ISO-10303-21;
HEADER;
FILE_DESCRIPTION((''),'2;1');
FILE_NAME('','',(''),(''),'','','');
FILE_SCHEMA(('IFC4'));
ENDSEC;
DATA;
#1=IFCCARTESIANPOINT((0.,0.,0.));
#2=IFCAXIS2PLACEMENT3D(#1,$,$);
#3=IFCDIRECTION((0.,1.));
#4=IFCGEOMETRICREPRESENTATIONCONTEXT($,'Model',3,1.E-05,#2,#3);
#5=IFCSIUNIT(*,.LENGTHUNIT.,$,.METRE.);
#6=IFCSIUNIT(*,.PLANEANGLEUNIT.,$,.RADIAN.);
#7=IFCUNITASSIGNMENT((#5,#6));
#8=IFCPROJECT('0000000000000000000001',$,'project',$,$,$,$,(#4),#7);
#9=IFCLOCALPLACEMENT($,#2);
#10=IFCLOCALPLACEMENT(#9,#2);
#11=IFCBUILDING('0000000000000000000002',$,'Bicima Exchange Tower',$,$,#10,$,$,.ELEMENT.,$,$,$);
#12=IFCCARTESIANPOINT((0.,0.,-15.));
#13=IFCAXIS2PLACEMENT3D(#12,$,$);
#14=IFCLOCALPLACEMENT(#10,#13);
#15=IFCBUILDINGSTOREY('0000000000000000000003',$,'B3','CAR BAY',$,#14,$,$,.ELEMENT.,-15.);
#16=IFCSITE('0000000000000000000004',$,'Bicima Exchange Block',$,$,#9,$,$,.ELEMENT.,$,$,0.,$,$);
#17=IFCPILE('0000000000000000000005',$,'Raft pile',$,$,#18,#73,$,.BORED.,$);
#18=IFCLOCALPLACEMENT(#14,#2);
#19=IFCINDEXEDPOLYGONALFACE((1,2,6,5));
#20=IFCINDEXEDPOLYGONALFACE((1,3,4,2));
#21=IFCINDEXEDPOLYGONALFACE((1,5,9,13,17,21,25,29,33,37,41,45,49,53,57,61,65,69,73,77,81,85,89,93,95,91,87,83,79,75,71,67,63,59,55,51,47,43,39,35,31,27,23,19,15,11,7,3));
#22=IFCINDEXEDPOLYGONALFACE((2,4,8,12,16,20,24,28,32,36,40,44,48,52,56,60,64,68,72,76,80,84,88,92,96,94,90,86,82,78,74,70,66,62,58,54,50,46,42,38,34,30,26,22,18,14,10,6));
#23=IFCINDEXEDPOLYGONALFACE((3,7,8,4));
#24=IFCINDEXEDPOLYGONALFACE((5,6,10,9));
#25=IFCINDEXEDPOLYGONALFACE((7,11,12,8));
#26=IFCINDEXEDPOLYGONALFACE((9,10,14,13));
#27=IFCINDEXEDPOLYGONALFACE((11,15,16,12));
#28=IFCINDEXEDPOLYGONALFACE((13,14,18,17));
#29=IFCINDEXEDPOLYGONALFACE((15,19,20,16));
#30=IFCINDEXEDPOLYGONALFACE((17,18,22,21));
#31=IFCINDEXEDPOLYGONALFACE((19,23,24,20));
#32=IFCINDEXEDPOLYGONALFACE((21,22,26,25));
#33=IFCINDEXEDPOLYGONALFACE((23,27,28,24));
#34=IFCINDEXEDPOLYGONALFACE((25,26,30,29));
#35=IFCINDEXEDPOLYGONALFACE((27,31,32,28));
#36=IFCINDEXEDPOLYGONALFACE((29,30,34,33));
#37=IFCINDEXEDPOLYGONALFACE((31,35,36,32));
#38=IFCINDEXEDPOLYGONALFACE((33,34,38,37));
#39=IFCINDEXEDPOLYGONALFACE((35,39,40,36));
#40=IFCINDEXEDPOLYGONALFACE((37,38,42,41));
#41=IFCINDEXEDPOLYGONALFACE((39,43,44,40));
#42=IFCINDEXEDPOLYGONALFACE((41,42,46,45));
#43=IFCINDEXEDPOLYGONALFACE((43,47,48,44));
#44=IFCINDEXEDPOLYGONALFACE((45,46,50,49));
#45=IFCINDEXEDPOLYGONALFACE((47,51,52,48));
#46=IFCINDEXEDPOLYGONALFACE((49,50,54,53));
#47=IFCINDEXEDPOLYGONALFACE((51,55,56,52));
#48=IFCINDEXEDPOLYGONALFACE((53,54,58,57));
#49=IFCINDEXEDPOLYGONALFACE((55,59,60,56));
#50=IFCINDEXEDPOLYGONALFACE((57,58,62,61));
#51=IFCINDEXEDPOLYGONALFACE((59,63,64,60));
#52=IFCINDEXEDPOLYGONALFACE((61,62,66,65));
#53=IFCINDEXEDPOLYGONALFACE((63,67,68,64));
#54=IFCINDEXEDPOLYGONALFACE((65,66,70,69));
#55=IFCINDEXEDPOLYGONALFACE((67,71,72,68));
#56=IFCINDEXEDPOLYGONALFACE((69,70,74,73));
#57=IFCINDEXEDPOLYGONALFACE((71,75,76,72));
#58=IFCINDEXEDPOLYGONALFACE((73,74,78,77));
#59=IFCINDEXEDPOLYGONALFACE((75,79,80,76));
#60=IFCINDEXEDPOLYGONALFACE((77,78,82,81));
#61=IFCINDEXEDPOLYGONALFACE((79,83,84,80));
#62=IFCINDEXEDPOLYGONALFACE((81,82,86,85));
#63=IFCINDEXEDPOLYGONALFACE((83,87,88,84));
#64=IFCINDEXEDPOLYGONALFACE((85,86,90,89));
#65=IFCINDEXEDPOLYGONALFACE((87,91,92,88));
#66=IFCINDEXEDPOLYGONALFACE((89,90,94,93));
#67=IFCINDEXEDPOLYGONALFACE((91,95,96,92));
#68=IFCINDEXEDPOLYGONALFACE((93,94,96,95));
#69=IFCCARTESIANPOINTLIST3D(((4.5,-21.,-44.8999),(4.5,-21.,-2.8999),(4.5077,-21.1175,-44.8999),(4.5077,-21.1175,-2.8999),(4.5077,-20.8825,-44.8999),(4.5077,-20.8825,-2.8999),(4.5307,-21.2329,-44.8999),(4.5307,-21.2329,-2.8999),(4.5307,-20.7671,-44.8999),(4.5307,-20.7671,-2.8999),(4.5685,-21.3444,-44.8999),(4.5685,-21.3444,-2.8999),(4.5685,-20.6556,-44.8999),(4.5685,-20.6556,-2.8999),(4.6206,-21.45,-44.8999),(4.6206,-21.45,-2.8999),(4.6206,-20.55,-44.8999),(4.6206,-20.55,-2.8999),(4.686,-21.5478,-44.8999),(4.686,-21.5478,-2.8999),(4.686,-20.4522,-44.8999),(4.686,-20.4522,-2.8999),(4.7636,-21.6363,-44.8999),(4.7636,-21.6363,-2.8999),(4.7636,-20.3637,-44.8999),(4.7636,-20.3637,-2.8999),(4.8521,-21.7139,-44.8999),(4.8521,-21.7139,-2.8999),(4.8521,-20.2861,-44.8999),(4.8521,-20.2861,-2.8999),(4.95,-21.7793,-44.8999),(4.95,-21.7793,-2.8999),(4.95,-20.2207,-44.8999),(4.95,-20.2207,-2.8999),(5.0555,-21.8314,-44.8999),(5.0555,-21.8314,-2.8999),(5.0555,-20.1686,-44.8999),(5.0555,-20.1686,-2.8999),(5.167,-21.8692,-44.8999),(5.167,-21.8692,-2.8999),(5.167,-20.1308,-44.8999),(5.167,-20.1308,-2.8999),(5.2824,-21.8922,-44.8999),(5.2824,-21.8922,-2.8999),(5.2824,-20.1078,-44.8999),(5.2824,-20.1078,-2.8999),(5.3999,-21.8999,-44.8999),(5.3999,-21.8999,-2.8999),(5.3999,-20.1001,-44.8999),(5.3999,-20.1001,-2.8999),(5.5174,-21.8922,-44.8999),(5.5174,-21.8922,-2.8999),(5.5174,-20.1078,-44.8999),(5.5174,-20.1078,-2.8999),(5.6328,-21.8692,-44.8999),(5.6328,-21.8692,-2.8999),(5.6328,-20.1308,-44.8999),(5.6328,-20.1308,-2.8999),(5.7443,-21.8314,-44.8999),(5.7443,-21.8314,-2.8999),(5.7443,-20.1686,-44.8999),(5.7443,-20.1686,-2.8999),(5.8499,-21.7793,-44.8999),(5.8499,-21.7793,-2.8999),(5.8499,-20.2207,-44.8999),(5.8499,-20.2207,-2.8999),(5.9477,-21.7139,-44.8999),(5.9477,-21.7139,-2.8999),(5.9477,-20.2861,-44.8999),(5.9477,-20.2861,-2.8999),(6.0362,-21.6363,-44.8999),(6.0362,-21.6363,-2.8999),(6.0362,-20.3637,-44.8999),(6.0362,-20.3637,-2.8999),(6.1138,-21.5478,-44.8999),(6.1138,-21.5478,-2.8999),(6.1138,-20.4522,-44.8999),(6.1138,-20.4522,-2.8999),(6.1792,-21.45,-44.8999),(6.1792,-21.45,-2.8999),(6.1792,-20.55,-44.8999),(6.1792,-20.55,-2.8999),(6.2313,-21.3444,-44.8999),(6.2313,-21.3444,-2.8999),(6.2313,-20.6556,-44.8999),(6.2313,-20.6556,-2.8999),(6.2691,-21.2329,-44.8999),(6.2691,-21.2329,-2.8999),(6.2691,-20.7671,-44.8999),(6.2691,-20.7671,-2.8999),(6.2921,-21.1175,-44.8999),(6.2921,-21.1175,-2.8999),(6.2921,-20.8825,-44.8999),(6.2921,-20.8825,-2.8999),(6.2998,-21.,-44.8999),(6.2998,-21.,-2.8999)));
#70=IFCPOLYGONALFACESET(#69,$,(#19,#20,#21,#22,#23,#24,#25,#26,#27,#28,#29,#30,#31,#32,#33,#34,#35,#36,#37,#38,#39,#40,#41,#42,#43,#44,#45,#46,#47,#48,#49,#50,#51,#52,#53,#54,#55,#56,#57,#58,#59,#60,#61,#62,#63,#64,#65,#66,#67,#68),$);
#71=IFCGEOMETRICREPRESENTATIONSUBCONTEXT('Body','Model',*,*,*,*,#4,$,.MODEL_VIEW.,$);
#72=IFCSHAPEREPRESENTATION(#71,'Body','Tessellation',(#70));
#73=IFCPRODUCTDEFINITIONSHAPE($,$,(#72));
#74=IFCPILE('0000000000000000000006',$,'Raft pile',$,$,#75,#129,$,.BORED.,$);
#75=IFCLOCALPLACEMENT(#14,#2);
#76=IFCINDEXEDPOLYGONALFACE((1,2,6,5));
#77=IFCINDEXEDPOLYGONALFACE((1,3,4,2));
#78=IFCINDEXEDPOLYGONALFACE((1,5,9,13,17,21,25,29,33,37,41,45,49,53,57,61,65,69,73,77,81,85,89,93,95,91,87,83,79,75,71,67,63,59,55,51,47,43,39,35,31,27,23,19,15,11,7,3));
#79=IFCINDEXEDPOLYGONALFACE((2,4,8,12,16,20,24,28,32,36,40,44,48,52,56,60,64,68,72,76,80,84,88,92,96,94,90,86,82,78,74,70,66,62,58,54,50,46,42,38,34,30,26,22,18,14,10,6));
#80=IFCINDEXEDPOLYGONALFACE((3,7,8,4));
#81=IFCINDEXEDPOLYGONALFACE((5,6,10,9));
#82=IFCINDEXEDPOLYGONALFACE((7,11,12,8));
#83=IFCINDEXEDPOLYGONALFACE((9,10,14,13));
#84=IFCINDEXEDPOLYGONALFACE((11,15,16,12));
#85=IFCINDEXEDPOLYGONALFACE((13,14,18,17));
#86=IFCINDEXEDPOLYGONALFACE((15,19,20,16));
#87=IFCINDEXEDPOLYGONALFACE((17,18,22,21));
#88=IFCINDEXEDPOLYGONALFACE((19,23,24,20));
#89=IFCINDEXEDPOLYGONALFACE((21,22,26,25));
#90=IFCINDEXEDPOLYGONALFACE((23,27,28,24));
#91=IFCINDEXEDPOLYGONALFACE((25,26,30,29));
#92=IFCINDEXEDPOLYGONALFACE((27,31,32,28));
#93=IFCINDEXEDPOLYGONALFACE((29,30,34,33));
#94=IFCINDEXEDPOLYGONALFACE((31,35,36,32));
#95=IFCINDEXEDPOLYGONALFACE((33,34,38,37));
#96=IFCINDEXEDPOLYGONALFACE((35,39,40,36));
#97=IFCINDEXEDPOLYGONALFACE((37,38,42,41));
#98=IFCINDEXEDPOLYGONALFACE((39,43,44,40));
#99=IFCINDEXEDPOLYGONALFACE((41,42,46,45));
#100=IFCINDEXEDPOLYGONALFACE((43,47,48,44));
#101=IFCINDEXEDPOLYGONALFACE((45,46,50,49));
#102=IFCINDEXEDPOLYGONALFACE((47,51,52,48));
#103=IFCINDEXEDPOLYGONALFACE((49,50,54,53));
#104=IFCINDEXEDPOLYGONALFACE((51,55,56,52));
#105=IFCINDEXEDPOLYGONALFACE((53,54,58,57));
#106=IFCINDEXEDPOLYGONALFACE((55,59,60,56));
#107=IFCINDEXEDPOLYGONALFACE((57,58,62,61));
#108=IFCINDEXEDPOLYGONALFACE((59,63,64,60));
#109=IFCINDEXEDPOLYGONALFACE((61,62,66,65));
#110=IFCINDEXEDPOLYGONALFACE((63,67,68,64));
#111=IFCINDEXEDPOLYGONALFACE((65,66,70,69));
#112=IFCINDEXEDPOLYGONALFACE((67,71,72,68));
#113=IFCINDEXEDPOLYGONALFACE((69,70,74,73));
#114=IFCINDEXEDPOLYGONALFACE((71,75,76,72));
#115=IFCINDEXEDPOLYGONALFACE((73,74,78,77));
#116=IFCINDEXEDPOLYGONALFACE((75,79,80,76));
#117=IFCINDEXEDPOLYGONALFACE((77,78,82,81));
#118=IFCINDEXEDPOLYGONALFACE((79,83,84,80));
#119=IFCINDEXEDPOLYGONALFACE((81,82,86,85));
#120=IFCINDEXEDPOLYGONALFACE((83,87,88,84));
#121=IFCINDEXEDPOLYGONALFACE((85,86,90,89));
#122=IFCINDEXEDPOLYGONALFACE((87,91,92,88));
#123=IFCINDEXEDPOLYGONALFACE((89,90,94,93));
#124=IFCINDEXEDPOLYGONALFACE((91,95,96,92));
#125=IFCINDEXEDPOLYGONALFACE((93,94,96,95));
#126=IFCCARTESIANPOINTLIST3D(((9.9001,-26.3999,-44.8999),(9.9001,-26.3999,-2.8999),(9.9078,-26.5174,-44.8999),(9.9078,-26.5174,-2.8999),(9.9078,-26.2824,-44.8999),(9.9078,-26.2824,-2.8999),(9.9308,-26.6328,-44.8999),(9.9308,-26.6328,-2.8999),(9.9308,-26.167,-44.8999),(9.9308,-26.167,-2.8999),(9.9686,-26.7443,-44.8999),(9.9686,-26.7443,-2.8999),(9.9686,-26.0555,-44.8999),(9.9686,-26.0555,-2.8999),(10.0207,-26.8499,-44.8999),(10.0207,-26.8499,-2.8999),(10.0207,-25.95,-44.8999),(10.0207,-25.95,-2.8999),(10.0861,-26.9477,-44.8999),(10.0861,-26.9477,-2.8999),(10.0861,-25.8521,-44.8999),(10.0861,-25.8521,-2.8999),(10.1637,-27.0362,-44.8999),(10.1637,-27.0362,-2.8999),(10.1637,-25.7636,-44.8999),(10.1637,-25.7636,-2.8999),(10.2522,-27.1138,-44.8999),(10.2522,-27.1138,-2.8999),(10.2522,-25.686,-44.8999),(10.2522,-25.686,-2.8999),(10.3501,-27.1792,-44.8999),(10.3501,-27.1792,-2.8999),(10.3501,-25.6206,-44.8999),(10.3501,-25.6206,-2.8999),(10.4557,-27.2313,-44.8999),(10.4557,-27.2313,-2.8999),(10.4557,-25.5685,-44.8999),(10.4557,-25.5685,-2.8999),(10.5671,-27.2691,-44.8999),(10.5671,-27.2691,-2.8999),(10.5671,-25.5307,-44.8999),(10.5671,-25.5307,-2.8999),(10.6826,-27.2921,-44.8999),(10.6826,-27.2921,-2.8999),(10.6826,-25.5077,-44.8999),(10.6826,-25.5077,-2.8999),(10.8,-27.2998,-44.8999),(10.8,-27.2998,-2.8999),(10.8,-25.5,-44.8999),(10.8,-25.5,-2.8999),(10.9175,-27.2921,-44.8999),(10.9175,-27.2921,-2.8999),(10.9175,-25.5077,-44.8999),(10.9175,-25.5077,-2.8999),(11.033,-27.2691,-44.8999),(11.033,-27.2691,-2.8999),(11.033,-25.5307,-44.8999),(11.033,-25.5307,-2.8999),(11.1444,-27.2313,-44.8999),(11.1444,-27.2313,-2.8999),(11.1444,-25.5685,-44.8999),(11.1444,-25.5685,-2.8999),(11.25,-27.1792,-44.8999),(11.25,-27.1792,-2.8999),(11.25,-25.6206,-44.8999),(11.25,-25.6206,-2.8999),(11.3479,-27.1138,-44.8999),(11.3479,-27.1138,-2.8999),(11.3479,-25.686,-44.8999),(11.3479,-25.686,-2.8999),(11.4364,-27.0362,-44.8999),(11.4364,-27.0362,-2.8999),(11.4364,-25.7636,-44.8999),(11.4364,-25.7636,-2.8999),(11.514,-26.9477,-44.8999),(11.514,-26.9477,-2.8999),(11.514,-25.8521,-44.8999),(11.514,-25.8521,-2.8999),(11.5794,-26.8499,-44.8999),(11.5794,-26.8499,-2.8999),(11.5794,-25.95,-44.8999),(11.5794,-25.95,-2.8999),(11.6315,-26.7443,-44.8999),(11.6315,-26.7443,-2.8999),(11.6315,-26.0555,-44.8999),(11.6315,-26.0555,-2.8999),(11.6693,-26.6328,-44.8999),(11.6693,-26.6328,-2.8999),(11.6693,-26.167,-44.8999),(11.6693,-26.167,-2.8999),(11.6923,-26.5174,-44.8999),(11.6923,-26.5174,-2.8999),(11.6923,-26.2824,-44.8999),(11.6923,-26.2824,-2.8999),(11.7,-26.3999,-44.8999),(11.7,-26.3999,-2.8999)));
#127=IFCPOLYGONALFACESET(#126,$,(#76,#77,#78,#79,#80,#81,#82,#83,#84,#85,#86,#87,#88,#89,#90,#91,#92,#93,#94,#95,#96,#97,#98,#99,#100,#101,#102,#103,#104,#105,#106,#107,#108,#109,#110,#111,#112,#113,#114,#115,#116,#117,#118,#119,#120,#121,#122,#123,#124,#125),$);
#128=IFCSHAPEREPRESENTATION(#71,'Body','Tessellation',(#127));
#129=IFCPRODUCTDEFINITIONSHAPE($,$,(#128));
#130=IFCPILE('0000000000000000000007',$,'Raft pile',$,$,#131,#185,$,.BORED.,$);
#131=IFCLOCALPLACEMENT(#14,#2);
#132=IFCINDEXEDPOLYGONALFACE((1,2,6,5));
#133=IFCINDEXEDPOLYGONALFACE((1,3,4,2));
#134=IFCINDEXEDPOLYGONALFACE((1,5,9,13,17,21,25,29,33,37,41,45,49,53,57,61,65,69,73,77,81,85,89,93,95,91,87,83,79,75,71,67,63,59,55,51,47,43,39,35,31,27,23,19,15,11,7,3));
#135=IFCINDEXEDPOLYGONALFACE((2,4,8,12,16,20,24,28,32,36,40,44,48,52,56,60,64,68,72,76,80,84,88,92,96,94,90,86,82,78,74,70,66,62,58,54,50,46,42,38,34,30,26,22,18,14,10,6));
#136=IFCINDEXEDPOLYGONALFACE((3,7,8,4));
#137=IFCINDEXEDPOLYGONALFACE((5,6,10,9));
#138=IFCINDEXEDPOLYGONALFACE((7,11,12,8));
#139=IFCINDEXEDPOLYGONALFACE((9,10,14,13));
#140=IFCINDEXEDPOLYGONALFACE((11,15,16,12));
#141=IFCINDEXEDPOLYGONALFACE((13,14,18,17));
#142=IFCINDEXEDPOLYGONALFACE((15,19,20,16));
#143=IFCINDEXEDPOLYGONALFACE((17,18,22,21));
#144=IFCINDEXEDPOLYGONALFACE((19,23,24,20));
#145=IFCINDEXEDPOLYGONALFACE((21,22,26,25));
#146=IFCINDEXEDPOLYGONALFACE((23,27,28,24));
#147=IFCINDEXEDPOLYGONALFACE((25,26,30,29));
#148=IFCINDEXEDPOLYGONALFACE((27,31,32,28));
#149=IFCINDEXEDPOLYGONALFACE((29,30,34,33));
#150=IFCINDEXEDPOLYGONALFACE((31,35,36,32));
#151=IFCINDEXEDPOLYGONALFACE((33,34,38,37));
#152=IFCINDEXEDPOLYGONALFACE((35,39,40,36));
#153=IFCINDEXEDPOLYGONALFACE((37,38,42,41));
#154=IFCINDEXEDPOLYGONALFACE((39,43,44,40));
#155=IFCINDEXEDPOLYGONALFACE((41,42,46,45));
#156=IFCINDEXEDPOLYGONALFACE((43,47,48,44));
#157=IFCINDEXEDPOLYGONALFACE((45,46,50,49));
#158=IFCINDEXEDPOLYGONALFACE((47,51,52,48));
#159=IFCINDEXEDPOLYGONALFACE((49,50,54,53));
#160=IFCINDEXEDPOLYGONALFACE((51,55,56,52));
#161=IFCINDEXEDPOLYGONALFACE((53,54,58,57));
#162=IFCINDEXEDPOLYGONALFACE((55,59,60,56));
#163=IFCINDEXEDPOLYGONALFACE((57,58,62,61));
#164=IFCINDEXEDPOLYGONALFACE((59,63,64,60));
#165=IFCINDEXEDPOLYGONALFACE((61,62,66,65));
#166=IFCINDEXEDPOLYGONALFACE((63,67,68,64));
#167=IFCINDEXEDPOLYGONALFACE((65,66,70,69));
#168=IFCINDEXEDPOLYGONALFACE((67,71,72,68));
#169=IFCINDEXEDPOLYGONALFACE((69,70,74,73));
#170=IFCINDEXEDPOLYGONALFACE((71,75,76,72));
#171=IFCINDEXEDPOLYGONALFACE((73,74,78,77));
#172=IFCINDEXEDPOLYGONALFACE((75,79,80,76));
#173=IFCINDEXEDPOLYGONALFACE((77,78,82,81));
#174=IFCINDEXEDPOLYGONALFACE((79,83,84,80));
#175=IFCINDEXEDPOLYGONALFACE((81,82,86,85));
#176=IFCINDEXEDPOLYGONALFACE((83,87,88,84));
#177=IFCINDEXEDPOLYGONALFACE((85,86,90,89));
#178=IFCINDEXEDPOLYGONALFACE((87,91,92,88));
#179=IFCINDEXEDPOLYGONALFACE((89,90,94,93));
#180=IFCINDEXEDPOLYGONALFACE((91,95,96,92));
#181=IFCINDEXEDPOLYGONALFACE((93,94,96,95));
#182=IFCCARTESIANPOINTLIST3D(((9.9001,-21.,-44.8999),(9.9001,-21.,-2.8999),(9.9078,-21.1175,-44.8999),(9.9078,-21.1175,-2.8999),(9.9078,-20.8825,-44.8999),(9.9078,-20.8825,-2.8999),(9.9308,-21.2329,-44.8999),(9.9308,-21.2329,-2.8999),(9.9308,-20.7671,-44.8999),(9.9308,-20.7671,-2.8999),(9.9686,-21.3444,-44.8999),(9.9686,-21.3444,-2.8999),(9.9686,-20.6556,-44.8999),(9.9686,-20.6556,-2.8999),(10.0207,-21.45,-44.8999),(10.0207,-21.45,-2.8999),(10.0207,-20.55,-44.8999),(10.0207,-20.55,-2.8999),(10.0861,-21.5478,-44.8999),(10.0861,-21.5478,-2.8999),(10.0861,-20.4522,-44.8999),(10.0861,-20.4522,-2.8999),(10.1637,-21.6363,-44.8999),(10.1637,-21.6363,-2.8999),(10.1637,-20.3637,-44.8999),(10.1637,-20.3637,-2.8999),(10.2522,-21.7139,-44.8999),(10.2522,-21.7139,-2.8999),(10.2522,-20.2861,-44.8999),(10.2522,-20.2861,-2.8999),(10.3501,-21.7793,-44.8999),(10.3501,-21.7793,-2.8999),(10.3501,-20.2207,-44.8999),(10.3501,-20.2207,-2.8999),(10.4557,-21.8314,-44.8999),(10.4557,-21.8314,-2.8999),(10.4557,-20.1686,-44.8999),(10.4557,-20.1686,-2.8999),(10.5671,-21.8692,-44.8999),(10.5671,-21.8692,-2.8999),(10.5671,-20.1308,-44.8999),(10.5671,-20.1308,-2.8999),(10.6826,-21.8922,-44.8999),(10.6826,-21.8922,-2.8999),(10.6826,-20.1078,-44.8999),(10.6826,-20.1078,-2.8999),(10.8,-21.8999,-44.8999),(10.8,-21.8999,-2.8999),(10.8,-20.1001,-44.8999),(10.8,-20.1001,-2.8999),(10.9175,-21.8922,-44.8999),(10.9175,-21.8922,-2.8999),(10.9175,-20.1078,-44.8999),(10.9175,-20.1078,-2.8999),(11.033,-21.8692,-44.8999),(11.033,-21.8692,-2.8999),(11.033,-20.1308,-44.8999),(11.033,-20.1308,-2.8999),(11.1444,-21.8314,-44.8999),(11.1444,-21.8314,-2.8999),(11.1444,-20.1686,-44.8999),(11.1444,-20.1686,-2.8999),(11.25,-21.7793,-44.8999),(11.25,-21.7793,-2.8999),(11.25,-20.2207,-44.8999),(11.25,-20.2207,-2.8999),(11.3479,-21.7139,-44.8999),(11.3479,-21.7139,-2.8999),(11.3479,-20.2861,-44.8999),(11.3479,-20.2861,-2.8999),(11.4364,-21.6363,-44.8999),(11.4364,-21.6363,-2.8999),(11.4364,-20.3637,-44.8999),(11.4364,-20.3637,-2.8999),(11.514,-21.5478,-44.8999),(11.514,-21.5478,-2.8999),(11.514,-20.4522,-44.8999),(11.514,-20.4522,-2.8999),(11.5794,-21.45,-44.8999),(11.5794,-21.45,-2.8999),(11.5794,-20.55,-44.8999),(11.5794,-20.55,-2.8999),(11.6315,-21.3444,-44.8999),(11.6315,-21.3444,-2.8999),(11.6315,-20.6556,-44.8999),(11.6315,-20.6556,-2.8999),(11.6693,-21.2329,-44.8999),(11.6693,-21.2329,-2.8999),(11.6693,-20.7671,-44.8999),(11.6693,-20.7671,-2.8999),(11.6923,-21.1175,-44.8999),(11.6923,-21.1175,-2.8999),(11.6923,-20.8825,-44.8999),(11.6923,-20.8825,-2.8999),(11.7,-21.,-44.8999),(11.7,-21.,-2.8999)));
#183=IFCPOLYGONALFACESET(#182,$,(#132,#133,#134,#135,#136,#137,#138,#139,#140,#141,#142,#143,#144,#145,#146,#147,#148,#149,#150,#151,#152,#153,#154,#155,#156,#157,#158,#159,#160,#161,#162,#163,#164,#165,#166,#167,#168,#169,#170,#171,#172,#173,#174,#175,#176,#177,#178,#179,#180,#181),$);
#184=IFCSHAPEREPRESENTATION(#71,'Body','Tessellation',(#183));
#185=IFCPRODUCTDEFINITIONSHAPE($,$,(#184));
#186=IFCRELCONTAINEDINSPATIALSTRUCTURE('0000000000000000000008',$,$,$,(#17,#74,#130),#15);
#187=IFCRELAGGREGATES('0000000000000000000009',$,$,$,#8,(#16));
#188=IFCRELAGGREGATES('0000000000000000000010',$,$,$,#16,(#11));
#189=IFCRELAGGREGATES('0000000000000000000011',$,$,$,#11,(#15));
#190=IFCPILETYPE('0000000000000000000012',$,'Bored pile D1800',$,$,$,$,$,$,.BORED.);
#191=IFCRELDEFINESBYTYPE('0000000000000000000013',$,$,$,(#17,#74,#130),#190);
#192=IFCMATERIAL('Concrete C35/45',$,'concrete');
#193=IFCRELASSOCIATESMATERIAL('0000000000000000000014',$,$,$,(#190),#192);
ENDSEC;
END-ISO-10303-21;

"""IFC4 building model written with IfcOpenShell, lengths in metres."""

from ifc_helpers import new_model, si_unit, direction, frame, origin, origin_2d, place, context, subcontext, project, spatial, circle, extrude, material, material_profile, profile_set, type_object, element, save


model = new_model("IFC4")

# Units and contexts
model_context = context("Model", 3, precision=1e-05, world=origin(), true_north=direction((0.0, 1.0)))
body_context = subcontext(model_context, "Body", "Model", "MODEL_VIEW")
ifc_project = project(units=[si_unit("LENGTHUNIT", "METRE"), si_unit("PLANEANGLEUNIT", "RADIAN")], contexts=[model_context])

# Site, building, storey
site_placement = place(None, origin())
site = spatial("IfcSite", under=ifc_project, at=site_placement, Name="Bicima Exchange Block", CompositionType="ELEMENT", RefElevation=0.0)
building_placement = place(site_placement, origin())
building = spatial("IfcBuilding", under=site, at=building_placement, Name="Bicima Exchange Tower", CompositionType="ELEMENT")
storey_placement = place(building_placement, frame((0.0, 0.0, -15.0)))
storey = spatial("IfcBuildingStorey", under=building, at=storey_placement, Name="B3", Description="CAR BAY", CompositionType="ELEMENT", Elevation=-15.0)

# Piles
ifc_material_1 = material(Name="Concrete C35/45", Category="concrete")
ifc_material_profile_1 = material_profile(ifc_material_1, circle(Radius=0.8999, at=origin_2d()))
ifc_profile_set_1 = profile_set([ifc_material_profile_1], Name="Concrete C35/45")
pile_type = type_object("IfcPileType", Name="Bored pile D1800", PredefinedType="BORED", material=ifc_profile_set_1)
for number, where, z_axis, x_axis, name in (
    (1, (5.3999, -21.0, -2.8999), (0.0, 0.0, -1.0), (1.0, 0.0, 0.0), "Raft pile"),
    (2, (10.8, -26.3999, -2.8999), (0.0, 0.0, -1.0), (1.0, 0.0, 0.0), "Raft pile"),
    (3, (10.8, -21.0, -2.8999), (0.0, 0.0, -1.0), (1.0, 0.0, 0.0), "Raft pile"),
):
    element("IfcPile", number, at=place(storey_placement, frame(where, z_axis=z_axis, x_axis=x_axis)), inside=storey, type_object=pile_type, Name=name, PredefinedType="BORED", context=body_context, shape_type="SweptSolid", body=[
        extrude(circle(Radius=0.8999, at=origin_2d()), origin(), (0.0, 0.0, 1.0), 42.0),
    ])

save(model, "model.ifc")
